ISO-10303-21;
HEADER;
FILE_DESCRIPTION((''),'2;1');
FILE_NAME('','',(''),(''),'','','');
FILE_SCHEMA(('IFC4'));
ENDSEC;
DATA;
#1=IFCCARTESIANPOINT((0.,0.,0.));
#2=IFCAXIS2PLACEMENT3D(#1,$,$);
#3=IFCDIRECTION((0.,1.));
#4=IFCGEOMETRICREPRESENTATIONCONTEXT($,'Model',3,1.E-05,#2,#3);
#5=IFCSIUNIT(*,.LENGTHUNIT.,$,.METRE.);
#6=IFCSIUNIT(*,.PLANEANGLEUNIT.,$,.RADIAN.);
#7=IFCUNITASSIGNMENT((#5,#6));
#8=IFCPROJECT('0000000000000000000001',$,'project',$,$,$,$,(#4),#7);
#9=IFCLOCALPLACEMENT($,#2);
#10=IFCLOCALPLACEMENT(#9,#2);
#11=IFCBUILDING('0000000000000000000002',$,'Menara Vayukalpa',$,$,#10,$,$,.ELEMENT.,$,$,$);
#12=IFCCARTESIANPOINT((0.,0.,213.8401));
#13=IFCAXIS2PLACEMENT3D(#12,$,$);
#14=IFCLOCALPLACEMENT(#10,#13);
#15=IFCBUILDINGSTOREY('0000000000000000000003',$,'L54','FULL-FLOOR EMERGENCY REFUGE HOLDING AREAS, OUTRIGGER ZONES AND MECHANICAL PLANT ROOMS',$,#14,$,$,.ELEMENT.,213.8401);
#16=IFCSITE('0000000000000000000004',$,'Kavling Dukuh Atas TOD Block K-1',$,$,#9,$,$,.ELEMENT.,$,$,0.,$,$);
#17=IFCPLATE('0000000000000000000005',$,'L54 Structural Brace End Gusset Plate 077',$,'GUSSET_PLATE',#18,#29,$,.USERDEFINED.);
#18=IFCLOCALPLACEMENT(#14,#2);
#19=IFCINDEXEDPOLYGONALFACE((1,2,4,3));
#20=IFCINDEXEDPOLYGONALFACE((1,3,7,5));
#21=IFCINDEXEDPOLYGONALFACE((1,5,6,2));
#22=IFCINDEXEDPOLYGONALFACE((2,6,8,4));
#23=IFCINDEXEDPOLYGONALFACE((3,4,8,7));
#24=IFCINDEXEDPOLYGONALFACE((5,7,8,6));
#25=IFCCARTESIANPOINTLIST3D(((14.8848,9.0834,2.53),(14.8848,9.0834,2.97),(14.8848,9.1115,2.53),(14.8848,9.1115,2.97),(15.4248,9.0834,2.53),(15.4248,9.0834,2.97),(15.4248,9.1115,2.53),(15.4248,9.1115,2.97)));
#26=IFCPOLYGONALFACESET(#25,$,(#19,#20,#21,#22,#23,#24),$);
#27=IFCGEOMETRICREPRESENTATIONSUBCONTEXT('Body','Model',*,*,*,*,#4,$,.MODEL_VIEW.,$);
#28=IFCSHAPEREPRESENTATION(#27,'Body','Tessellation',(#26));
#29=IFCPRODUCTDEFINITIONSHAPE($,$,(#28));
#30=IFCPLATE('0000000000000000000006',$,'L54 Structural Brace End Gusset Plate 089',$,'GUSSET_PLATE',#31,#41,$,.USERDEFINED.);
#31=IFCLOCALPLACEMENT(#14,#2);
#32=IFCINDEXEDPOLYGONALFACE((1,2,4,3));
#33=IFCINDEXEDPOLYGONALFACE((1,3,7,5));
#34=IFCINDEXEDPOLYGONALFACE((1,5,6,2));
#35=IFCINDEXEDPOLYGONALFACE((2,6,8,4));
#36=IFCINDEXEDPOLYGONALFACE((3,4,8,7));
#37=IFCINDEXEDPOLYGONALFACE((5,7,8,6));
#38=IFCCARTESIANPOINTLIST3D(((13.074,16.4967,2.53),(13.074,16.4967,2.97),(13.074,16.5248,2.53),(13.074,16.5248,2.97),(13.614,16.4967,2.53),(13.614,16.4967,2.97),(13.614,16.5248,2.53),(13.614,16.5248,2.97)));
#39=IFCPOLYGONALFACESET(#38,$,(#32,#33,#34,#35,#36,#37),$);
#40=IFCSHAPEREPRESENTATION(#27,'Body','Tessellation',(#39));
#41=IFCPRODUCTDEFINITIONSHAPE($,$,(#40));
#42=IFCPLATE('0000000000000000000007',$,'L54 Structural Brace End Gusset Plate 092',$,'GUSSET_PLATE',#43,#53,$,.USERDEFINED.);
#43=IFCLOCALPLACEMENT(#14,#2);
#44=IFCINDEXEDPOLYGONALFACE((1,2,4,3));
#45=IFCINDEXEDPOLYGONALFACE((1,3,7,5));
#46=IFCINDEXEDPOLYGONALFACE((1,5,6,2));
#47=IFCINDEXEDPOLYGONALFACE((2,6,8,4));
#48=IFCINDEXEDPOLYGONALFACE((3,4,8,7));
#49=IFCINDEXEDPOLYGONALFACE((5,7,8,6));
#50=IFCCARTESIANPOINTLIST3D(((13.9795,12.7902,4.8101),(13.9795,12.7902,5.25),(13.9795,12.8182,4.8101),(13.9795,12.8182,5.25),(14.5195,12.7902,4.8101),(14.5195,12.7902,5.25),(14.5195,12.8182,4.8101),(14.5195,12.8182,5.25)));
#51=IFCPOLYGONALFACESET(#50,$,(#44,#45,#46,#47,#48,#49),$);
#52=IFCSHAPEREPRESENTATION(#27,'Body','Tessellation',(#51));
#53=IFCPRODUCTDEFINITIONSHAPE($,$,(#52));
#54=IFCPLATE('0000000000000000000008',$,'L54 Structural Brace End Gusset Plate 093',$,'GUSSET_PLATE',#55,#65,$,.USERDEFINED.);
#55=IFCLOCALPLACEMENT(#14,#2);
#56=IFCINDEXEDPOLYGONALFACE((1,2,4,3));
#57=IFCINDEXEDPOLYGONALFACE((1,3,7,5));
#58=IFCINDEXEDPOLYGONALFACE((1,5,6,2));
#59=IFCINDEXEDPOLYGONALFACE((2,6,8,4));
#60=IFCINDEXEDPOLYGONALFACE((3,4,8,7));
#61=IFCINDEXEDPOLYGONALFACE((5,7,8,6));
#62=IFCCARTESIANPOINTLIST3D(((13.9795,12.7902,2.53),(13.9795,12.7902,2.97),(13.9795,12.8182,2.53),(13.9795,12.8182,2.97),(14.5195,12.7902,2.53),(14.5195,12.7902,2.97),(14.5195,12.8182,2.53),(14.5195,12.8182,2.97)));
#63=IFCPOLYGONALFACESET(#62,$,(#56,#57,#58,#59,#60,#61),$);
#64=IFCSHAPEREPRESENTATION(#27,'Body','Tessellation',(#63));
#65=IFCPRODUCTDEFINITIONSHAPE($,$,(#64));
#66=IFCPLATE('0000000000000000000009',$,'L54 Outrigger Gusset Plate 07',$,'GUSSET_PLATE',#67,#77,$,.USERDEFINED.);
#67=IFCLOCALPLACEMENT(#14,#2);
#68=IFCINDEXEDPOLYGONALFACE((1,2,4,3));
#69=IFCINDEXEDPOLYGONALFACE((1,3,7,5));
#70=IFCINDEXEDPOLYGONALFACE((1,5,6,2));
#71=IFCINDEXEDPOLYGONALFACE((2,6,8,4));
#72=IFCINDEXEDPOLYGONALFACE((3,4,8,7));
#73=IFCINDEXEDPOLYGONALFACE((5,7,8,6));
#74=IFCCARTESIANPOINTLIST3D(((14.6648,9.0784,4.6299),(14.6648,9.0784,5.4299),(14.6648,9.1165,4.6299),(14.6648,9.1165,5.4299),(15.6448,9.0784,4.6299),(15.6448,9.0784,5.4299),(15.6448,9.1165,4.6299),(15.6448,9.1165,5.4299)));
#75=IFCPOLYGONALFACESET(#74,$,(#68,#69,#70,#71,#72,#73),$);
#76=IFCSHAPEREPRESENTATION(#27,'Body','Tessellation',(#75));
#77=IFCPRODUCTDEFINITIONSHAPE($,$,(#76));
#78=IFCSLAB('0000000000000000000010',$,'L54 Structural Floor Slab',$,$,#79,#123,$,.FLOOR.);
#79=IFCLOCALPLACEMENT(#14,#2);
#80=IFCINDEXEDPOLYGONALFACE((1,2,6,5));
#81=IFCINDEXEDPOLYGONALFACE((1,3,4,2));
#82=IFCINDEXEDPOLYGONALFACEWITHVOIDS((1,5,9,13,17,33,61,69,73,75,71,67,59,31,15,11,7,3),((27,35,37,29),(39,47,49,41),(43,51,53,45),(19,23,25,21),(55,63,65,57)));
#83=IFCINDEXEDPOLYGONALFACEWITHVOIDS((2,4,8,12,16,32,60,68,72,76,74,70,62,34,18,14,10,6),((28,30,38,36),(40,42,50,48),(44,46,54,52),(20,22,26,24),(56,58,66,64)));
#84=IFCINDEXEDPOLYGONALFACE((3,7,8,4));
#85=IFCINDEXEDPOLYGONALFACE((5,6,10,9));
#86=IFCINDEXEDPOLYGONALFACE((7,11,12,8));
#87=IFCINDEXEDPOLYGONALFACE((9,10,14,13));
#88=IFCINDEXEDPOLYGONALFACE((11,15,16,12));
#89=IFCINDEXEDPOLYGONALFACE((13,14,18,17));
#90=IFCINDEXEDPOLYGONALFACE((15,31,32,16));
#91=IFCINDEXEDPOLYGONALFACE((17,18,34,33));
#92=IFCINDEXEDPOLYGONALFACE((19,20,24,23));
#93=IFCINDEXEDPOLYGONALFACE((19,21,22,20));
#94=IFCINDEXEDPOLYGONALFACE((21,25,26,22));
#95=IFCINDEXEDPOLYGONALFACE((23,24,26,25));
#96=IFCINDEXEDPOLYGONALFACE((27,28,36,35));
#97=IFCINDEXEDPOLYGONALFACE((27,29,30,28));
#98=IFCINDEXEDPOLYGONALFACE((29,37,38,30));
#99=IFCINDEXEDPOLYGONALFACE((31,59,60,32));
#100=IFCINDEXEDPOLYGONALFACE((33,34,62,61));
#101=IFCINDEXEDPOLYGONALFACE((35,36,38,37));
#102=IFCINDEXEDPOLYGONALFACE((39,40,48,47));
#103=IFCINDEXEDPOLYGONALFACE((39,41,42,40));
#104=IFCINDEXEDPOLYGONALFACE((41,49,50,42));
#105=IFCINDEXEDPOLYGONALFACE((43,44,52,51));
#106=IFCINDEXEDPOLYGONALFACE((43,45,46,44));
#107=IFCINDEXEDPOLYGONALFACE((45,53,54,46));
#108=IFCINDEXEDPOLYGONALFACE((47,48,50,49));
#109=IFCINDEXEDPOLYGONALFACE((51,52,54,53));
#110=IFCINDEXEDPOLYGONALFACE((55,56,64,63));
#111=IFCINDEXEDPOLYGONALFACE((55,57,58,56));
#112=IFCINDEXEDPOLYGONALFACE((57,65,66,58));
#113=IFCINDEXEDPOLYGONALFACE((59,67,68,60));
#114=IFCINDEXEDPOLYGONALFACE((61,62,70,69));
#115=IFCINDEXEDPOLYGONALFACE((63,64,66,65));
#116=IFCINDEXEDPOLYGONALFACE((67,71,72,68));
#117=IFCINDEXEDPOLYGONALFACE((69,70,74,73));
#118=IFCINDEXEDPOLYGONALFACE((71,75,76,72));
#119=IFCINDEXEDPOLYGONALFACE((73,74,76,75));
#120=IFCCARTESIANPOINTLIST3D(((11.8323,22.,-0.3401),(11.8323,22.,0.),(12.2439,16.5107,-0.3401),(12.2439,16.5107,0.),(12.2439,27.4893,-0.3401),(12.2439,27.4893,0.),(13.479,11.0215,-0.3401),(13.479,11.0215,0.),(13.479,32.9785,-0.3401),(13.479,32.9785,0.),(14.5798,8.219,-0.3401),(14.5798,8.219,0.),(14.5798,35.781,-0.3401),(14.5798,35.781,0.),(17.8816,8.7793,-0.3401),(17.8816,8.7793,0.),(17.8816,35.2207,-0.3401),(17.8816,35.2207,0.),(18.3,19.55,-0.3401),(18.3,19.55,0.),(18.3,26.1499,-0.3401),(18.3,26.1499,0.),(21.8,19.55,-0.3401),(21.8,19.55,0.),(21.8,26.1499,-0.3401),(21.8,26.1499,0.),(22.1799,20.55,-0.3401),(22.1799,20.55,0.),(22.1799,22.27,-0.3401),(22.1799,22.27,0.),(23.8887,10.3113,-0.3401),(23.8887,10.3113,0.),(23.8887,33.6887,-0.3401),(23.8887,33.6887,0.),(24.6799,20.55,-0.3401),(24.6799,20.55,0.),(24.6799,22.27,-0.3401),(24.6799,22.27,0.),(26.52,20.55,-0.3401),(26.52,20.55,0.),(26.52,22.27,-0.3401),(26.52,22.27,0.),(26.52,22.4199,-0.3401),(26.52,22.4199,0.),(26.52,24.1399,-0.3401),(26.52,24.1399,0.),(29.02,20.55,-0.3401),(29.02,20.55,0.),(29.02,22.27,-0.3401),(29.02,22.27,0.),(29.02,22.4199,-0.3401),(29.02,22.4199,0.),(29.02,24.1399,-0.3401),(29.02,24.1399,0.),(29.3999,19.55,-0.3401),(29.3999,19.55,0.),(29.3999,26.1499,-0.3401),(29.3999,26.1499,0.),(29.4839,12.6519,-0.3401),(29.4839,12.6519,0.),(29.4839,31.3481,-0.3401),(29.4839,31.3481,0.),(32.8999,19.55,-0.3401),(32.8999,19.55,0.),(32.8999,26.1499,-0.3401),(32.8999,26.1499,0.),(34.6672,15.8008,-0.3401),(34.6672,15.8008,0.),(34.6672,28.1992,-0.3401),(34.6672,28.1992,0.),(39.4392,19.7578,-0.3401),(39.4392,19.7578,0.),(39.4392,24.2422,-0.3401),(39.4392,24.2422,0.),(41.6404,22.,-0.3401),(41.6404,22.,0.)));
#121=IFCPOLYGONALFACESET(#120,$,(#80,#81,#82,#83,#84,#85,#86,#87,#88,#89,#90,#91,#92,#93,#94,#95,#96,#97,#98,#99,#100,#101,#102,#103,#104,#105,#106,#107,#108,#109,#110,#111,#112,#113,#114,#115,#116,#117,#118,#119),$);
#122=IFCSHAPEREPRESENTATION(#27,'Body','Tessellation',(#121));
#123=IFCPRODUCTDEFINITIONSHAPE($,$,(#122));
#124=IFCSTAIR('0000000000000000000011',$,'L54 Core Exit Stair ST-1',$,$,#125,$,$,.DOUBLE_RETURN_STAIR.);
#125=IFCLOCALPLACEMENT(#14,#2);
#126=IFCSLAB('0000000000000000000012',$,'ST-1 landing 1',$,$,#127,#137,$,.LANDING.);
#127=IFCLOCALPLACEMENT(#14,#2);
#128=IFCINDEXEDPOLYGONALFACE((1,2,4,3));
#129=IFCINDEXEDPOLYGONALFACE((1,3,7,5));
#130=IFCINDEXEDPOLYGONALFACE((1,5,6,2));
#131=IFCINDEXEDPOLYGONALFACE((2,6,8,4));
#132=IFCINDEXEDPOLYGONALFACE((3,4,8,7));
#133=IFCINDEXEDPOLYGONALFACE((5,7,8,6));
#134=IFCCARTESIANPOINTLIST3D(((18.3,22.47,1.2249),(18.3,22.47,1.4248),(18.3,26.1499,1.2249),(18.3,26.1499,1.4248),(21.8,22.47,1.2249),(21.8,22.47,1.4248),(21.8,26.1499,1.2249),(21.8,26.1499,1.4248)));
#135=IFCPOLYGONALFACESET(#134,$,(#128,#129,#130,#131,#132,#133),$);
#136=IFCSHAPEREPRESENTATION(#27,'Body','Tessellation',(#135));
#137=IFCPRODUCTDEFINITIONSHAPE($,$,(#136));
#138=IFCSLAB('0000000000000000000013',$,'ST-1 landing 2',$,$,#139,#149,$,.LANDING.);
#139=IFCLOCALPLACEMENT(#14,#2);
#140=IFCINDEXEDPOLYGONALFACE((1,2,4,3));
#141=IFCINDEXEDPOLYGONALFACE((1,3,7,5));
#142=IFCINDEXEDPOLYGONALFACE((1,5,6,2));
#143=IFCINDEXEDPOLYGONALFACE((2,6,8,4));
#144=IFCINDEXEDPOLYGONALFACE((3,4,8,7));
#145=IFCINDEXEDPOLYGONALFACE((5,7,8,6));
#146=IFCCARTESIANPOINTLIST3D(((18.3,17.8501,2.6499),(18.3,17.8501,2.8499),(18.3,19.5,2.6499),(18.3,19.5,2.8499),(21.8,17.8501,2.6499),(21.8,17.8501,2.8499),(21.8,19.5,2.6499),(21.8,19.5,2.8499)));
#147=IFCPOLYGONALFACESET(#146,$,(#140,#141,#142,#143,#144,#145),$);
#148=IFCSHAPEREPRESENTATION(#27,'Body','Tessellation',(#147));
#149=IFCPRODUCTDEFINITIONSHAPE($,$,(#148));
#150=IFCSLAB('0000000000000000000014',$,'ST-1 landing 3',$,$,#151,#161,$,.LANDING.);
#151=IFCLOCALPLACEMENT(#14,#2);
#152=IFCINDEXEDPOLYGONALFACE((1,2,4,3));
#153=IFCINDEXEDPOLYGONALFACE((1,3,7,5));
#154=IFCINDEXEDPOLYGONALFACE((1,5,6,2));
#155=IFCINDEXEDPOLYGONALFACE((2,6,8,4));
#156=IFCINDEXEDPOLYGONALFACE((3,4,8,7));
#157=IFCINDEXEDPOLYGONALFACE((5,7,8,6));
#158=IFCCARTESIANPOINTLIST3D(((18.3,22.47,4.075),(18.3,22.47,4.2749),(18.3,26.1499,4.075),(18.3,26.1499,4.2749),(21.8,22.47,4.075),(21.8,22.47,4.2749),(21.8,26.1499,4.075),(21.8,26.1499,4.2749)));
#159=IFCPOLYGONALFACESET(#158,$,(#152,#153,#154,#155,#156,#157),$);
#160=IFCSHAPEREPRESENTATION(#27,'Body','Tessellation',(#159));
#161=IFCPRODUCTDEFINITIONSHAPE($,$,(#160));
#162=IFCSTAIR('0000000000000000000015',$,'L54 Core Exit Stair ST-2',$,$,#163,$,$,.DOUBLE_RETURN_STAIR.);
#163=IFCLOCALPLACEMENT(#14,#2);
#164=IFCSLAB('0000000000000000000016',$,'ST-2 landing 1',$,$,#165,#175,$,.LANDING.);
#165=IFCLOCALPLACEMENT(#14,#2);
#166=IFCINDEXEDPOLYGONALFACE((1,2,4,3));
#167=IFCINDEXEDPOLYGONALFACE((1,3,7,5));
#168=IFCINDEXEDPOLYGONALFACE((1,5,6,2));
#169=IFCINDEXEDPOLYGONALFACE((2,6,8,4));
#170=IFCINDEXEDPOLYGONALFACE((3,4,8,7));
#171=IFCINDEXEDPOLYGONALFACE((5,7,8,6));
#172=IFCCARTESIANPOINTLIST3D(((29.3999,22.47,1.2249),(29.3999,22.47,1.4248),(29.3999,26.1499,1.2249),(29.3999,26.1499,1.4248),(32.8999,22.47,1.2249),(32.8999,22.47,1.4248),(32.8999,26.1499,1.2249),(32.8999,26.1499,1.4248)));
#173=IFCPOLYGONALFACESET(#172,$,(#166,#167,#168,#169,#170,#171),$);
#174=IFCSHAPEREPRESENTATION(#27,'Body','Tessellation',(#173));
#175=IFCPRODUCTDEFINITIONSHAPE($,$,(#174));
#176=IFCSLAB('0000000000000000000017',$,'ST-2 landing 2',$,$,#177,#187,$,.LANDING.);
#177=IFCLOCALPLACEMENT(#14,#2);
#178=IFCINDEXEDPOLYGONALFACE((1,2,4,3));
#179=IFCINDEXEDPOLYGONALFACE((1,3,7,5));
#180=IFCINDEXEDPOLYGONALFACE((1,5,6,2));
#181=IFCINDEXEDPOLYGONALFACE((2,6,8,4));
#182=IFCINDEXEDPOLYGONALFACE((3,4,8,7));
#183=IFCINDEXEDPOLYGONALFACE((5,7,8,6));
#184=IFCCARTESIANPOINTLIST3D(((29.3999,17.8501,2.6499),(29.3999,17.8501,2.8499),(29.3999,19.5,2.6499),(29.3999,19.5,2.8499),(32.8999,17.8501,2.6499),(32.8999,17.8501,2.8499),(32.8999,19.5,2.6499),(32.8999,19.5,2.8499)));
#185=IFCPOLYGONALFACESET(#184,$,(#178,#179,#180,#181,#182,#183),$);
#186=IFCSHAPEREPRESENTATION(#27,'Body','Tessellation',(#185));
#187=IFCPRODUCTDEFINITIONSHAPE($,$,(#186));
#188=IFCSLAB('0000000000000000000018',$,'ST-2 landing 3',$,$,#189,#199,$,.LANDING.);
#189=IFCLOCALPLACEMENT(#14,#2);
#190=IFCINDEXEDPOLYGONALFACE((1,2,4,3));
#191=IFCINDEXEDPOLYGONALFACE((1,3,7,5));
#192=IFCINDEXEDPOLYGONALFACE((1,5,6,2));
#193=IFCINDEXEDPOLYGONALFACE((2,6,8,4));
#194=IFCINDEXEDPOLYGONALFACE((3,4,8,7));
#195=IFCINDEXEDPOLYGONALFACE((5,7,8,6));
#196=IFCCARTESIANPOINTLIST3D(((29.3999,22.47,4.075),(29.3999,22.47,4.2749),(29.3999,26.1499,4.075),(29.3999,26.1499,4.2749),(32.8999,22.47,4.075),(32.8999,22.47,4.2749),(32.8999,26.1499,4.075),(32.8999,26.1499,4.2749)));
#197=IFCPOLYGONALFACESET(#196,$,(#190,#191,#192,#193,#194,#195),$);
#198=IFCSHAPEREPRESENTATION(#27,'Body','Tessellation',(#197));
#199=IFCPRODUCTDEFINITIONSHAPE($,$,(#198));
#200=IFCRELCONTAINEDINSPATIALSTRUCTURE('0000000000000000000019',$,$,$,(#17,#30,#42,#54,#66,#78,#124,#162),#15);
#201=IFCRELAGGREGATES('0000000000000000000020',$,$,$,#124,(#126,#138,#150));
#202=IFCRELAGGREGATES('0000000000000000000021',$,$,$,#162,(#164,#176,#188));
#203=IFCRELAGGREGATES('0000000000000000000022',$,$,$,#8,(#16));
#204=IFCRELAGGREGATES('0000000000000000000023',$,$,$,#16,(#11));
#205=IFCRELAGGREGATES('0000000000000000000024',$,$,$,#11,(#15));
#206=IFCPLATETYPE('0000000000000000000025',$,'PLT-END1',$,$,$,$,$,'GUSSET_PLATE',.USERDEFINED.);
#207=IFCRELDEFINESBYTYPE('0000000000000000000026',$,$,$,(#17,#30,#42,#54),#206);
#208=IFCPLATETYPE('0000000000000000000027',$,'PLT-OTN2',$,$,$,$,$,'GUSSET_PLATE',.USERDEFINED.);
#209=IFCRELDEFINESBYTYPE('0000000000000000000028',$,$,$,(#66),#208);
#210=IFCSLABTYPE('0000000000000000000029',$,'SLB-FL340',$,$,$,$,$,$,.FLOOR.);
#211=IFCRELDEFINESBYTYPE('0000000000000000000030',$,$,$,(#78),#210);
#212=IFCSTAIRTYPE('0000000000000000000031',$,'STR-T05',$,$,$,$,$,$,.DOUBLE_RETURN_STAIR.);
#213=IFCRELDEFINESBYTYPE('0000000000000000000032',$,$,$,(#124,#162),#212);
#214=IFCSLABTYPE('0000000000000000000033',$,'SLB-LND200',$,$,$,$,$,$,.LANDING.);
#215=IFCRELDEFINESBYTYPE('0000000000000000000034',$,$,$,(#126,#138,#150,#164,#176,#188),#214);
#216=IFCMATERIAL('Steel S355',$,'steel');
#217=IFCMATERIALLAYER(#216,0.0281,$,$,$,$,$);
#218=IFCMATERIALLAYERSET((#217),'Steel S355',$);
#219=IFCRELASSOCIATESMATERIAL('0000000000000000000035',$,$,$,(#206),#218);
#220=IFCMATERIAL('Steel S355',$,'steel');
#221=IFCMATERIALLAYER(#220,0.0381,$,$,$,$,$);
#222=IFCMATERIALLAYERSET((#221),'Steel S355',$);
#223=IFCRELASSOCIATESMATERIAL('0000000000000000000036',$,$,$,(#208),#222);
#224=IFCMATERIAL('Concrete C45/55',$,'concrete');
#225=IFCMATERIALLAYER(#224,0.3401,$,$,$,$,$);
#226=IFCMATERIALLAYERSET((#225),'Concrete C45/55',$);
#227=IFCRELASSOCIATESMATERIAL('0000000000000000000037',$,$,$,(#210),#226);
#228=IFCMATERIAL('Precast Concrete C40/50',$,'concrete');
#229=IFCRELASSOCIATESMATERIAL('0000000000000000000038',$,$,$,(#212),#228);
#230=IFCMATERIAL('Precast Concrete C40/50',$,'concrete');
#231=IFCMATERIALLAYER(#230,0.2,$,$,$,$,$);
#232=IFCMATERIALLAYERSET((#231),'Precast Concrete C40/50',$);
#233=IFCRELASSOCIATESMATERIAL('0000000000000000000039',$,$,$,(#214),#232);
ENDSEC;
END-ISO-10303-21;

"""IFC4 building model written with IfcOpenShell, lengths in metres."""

from ifc_helpers import new_model, si_unit, direction, frame, origin, origin_2d, place, context, subcontext, project, spatial, polyline, rectangle, outline, extrude, material, layer, layer_set, type_object, element, aggregate, save


model = new_model("IFC4")

# Units and contexts
model_context = context("Model", 3, precision=1e-05, world=origin(), true_north=direction((0.0, 1.0)))
body_context = subcontext(model_context, "Body", "Model", "MODEL_VIEW")
ifc_project = project(units=[si_unit("LENGTHUNIT", "METRE"), si_unit("PLANEANGLEUNIT", "RADIAN")], contexts=[model_context])

# Site, building, storey
site_placement = place(None, origin())
site = spatial("IfcSite", under=ifc_project, at=site_placement, Name="Kavling Dukuh Atas TOD Block K-1", CompositionType="ELEMENT", RefElevation=0.0)
building_placement = place(site_placement, origin())
building = spatial("IfcBuilding", under=site, at=building_placement, Name="Menara Vayukalpa", CompositionType="ELEMENT")
storey_placement = place(building_placement, frame((0.0, 0.0, 213.8401)))
storey = spatial("IfcBuildingStorey", under=building, at=storey_placement, Name="L54", Description="FULL-FLOOR EMERGENCY REFUGE HOLDING AREAS, OUTRIGGER ZONES AND MECHANICAL PLANT ROOMS", CompositionType="ELEMENT", Elevation=213.8401)

# Plates
ifc_material_1 = material(Name="Steel S355", Category="steel")
ifc_layer_1 = layer(ifc_material_1, 0.0281)
ifc_layer_set_1 = layer_set([ifc_layer_1], Name="Steel S355")
plate_type_1 = type_object("IfcPlateType", Name="PLT-END1", ElementType="GUSSET_PLATE", PredefinedType="USERDEFINED", material=ifc_layer_set_1)
for number, where, z_axis, x_axis, name in (
    (1, (15.1548, 9.0974, 2.53), (0.0, 0.0, 1.0), (1.0, 0.0, 0.0), "L54 Structural Brace End Gusset Plate 077"),
    (2, (13.344, 16.5107, 2.53), (0.0, 0.0, 1.0), (1.0, 0.0, 0.0), "L54 Structural Brace End Gusset Plate 089"),
    (3, (14.2495, 12.8042, 4.8101), (0.0, 0.0, 1.0), (1.0, 0.0, 0.0), "L54 Structural Brace End Gusset Plate 092"),
    (4, (14.2495, 12.8042, 2.53), (0.0, 0.0, 1.0), (1.0, 0.0, 0.0), "L54 Structural Brace End Gusset Plate 093"),
):
    element("IfcPlate", number, at=place(storey_placement, frame(where, z_axis=z_axis, x_axis=x_axis)), inside=storey, type_object=plate_type_1, Name=name, ObjectType="GUSSET_PLATE", PredefinedType="USERDEFINED", context=body_context, shape_type="SweptSolid", body=[
        extrude(rectangle(XDim=0.54, YDim=0.0281, at=origin_2d()), origin(), (0.0, 0.0, 1.0), 0.4399),
    ])
ifc_material_2 = material(Name="Steel S355", Category="steel")
ifc_layer_2 = layer(ifc_material_2, 0.0381)
ifc_layer_set_2 = layer_set([ifc_layer_2], Name="Steel S355")
plate_type_2 = type_object("IfcPlateType", Name="PLT-OTN2", ElementType="GUSSET_PLATE", PredefinedType="USERDEFINED", material=ifc_layer_set_2)
plate_placement = place(storey_placement, frame((15.1548, 9.0974, 4.6299), z_axis=(0.0, 0.0, 1.0), x_axis=(1.0, 0.0, 0.0)))
element("IfcPlate", 5, at=plate_placement, inside=storey, type_object=plate_type_2, Name="L54 Outrigger Gusset Plate 07", ObjectType="GUSSET_PLATE", PredefinedType="USERDEFINED", context=body_context, shape_type="SweptSolid", body=[
    extrude(rectangle(XDim=0.98, YDim=0.0381, at=origin_2d()), origin(), (0.0, 0.0, 1.0), 0.8),
])

# Slab
ifc_material_3 = material(Name="Concrete C45/55", Category="concrete")
ifc_layer_3 = layer(ifc_material_3, 0.3401)
ifc_layer_set_3 = layer_set([ifc_layer_3], Name="Concrete C45/55")
slab_type_1 = type_object("IfcSlabType", Name="SLB-FL340", PredefinedType="FLOOR", material=ifc_layer_set_3)
slab_1_placement = place(storey_placement, frame((0.0, 0.0, -0.3401)))
element("IfcSlab", 6, at=slab_1_placement, inside=storey, type_object=slab_type_1, Name="L54 Structural Floor Slab", PredefinedType="FLOOR", context=body_context, shape_type="SweptSolid", body=[
    extrude(outline(polyline([(39.4392, 19.7578), (41.6404, 22.0), (39.4392, 24.2422), (34.6672, 28.1992), (29.4839, 31.3481), (23.8887, 33.6887), (17.8816, 35.2207), (14.5798, 35.781), (13.479, 32.9785), (12.2439, 27.4893), (11.8323, 22.0), (12.2439, 16.5107), (13.479, 11.0215), (14.5798, 8.219), (17.8816, 8.7793), (23.8887, 10.3113), (29.4839, 12.6519), (34.6672, 15.8008), (39.4392, 19.7578)]), holes=[polyline([(21.8, 19.55), (21.8, 26.1499), (18.3, 26.1499), (18.3, 19.55), (21.8, 19.55)]), polyline([(32.8999, 19.55), (32.8999, 26.1499), (29.3999, 26.1499), (29.3999, 19.55), (32.8999, 19.55)]), polyline([(22.1799, 20.55), (24.6799, 20.55), (24.6799, 22.27), (22.1799, 22.27), (22.1799, 20.55)]), polyline([(26.52, 20.55), (29.02, 20.55), (29.02, 22.27), (26.52, 22.27), (26.52, 20.55)]), polyline([(26.52, 22.4199), (29.02, 22.4199), (29.02, 24.1399), (26.52, 24.1399), (26.52, 22.4199)])]), origin(), (0.0, 0.0, 1.0), 0.3401),
])

# Stairs, slabs
ifc_material_4 = material(Name="Precast Concrete C40/50", Category="concrete")
stair_type = type_object("IfcStairType", Name="STR-T05", PredefinedType="DOUBLE_RETURN_STAIR", material=ifc_material_4)
stair_1_placement = place(storey_placement, origin())
stair_1 = element("IfcStair", 7, at=stair_1_placement, inside=storey, type_object=stair_type, Name="L54 Core Exit Stair ST-1", PredefinedType="DOUBLE_RETURN_STAIR")
ifc_material_5 = material(Name="Precast Concrete C40/50", Category="concrete")
ifc_layer_4 = layer(ifc_material_5, 0.2)
ifc_layer_set_4 = layer_set([ifc_layer_4], Name="Precast Concrete C40/50")
slab_type_2 = type_object("IfcSlabType", Name="SLB-LND200", PredefinedType="LANDING", material=ifc_layer_set_4)
slab_2_placement = place(storey_placement, frame((0.0, 0.0, 1.2249)))
slab_2 = element("IfcSlab", 8, at=slab_2_placement, type_object=slab_type_2, Name="ST-1 landing 1", PredefinedType="LANDING", context=body_context, shape_type="SweptSolid", body=[
    extrude(outline(polyline([(21.8, 22.47), (21.8, 26.1499), (18.3, 26.1499), (18.3, 22.47), (21.8, 22.47)])), origin(), (0.0, 0.0, 1.0), 0.2),
])
slab_3_placement = place(storey_placement, frame((0.0, 0.0, 2.6499)))
slab_3 = element("IfcSlab", 9, at=slab_3_placement, type_object=slab_type_2, Name="ST-1 landing 2", PredefinedType="LANDING", context=body_context, shape_type="SweptSolid", body=[
    extrude(outline(polyline([(21.8, 17.8501), (21.8, 19.5), (18.3, 19.5), (18.3, 17.8501), (21.8, 17.8501)])), origin(), (0.0, 0.0, 1.0), 0.2),
])
slab_4_placement = place(storey_placement, frame((0.0, 0.0, 4.075)))
slab_4 = element("IfcSlab", 10, at=slab_4_placement, type_object=slab_type_2, Name="ST-1 landing 3", PredefinedType="LANDING", context=body_context, shape_type="SweptSolid", body=[
    extrude(outline(polyline([(21.8, 22.47), (21.8, 26.1499), (18.3, 26.1499), (18.3, 22.47), (21.8, 22.47)])), origin(), (0.0, 0.0, 1.0), 0.2),
])
aggregate(stair_1, [slab_2, slab_3, slab_4])
stair_2_placement = place(storey_placement, origin())
stair_2 = element("IfcStair", 11, at=stair_2_placement, inside=storey, type_object=stair_type, Name="L54 Core Exit Stair ST-2", PredefinedType="DOUBLE_RETURN_STAIR")
slab_5_placement = place(storey_placement, frame((0.0, 0.0, 1.2249)))
slab_5 = element("IfcSlab", 12, at=slab_5_placement, type_object=slab_type_2, Name="ST-2 landing 1", PredefinedType="LANDING", context=body_context, shape_type="SweptSolid", body=[
    extrude(outline(polyline([(32.8999, 22.47), (32.8999, 26.1499), (29.3999, 26.1499), (29.3999, 22.47), (32.8999, 22.47)])), origin(), (0.0, 0.0, 1.0), 0.2),
])
slab_6_placement = place(storey_placement, frame((0.0, 0.0, 2.6499)))
slab_6 = element("IfcSlab", 13, at=slab_6_placement, type_object=slab_type_2, Name="ST-2 landing 2", PredefinedType="LANDING", context=body_context, shape_type="SweptSolid", body=[
    extrude(outline(polyline([(32.8999, 17.8501), (32.8999, 19.5), (29.3999, 19.5), (29.3999, 17.8501), (32.8999, 17.8501)])), origin(), (0.0, 0.0, 1.0), 0.2),
])
slab_7_placement = place(storey_placement, frame((0.0, 0.0, 4.075)))
slab_7 = element("IfcSlab", 14, at=slab_7_placement, type_object=slab_type_2, Name="ST-2 landing 3", PredefinedType="LANDING", context=body_context, shape_type="SweptSolid", body=[
    extrude(outline(polyline([(32.8999, 22.47), (32.8999, 26.1499), (29.3999, 26.1499), (29.3999, 22.47), (32.8999, 22.47)])), origin(), (0.0, 0.0, 1.0), 0.2),
])
aggregate(stair_2, [slab_5, slab_6, slab_7])

save(model, "model.ifc")
